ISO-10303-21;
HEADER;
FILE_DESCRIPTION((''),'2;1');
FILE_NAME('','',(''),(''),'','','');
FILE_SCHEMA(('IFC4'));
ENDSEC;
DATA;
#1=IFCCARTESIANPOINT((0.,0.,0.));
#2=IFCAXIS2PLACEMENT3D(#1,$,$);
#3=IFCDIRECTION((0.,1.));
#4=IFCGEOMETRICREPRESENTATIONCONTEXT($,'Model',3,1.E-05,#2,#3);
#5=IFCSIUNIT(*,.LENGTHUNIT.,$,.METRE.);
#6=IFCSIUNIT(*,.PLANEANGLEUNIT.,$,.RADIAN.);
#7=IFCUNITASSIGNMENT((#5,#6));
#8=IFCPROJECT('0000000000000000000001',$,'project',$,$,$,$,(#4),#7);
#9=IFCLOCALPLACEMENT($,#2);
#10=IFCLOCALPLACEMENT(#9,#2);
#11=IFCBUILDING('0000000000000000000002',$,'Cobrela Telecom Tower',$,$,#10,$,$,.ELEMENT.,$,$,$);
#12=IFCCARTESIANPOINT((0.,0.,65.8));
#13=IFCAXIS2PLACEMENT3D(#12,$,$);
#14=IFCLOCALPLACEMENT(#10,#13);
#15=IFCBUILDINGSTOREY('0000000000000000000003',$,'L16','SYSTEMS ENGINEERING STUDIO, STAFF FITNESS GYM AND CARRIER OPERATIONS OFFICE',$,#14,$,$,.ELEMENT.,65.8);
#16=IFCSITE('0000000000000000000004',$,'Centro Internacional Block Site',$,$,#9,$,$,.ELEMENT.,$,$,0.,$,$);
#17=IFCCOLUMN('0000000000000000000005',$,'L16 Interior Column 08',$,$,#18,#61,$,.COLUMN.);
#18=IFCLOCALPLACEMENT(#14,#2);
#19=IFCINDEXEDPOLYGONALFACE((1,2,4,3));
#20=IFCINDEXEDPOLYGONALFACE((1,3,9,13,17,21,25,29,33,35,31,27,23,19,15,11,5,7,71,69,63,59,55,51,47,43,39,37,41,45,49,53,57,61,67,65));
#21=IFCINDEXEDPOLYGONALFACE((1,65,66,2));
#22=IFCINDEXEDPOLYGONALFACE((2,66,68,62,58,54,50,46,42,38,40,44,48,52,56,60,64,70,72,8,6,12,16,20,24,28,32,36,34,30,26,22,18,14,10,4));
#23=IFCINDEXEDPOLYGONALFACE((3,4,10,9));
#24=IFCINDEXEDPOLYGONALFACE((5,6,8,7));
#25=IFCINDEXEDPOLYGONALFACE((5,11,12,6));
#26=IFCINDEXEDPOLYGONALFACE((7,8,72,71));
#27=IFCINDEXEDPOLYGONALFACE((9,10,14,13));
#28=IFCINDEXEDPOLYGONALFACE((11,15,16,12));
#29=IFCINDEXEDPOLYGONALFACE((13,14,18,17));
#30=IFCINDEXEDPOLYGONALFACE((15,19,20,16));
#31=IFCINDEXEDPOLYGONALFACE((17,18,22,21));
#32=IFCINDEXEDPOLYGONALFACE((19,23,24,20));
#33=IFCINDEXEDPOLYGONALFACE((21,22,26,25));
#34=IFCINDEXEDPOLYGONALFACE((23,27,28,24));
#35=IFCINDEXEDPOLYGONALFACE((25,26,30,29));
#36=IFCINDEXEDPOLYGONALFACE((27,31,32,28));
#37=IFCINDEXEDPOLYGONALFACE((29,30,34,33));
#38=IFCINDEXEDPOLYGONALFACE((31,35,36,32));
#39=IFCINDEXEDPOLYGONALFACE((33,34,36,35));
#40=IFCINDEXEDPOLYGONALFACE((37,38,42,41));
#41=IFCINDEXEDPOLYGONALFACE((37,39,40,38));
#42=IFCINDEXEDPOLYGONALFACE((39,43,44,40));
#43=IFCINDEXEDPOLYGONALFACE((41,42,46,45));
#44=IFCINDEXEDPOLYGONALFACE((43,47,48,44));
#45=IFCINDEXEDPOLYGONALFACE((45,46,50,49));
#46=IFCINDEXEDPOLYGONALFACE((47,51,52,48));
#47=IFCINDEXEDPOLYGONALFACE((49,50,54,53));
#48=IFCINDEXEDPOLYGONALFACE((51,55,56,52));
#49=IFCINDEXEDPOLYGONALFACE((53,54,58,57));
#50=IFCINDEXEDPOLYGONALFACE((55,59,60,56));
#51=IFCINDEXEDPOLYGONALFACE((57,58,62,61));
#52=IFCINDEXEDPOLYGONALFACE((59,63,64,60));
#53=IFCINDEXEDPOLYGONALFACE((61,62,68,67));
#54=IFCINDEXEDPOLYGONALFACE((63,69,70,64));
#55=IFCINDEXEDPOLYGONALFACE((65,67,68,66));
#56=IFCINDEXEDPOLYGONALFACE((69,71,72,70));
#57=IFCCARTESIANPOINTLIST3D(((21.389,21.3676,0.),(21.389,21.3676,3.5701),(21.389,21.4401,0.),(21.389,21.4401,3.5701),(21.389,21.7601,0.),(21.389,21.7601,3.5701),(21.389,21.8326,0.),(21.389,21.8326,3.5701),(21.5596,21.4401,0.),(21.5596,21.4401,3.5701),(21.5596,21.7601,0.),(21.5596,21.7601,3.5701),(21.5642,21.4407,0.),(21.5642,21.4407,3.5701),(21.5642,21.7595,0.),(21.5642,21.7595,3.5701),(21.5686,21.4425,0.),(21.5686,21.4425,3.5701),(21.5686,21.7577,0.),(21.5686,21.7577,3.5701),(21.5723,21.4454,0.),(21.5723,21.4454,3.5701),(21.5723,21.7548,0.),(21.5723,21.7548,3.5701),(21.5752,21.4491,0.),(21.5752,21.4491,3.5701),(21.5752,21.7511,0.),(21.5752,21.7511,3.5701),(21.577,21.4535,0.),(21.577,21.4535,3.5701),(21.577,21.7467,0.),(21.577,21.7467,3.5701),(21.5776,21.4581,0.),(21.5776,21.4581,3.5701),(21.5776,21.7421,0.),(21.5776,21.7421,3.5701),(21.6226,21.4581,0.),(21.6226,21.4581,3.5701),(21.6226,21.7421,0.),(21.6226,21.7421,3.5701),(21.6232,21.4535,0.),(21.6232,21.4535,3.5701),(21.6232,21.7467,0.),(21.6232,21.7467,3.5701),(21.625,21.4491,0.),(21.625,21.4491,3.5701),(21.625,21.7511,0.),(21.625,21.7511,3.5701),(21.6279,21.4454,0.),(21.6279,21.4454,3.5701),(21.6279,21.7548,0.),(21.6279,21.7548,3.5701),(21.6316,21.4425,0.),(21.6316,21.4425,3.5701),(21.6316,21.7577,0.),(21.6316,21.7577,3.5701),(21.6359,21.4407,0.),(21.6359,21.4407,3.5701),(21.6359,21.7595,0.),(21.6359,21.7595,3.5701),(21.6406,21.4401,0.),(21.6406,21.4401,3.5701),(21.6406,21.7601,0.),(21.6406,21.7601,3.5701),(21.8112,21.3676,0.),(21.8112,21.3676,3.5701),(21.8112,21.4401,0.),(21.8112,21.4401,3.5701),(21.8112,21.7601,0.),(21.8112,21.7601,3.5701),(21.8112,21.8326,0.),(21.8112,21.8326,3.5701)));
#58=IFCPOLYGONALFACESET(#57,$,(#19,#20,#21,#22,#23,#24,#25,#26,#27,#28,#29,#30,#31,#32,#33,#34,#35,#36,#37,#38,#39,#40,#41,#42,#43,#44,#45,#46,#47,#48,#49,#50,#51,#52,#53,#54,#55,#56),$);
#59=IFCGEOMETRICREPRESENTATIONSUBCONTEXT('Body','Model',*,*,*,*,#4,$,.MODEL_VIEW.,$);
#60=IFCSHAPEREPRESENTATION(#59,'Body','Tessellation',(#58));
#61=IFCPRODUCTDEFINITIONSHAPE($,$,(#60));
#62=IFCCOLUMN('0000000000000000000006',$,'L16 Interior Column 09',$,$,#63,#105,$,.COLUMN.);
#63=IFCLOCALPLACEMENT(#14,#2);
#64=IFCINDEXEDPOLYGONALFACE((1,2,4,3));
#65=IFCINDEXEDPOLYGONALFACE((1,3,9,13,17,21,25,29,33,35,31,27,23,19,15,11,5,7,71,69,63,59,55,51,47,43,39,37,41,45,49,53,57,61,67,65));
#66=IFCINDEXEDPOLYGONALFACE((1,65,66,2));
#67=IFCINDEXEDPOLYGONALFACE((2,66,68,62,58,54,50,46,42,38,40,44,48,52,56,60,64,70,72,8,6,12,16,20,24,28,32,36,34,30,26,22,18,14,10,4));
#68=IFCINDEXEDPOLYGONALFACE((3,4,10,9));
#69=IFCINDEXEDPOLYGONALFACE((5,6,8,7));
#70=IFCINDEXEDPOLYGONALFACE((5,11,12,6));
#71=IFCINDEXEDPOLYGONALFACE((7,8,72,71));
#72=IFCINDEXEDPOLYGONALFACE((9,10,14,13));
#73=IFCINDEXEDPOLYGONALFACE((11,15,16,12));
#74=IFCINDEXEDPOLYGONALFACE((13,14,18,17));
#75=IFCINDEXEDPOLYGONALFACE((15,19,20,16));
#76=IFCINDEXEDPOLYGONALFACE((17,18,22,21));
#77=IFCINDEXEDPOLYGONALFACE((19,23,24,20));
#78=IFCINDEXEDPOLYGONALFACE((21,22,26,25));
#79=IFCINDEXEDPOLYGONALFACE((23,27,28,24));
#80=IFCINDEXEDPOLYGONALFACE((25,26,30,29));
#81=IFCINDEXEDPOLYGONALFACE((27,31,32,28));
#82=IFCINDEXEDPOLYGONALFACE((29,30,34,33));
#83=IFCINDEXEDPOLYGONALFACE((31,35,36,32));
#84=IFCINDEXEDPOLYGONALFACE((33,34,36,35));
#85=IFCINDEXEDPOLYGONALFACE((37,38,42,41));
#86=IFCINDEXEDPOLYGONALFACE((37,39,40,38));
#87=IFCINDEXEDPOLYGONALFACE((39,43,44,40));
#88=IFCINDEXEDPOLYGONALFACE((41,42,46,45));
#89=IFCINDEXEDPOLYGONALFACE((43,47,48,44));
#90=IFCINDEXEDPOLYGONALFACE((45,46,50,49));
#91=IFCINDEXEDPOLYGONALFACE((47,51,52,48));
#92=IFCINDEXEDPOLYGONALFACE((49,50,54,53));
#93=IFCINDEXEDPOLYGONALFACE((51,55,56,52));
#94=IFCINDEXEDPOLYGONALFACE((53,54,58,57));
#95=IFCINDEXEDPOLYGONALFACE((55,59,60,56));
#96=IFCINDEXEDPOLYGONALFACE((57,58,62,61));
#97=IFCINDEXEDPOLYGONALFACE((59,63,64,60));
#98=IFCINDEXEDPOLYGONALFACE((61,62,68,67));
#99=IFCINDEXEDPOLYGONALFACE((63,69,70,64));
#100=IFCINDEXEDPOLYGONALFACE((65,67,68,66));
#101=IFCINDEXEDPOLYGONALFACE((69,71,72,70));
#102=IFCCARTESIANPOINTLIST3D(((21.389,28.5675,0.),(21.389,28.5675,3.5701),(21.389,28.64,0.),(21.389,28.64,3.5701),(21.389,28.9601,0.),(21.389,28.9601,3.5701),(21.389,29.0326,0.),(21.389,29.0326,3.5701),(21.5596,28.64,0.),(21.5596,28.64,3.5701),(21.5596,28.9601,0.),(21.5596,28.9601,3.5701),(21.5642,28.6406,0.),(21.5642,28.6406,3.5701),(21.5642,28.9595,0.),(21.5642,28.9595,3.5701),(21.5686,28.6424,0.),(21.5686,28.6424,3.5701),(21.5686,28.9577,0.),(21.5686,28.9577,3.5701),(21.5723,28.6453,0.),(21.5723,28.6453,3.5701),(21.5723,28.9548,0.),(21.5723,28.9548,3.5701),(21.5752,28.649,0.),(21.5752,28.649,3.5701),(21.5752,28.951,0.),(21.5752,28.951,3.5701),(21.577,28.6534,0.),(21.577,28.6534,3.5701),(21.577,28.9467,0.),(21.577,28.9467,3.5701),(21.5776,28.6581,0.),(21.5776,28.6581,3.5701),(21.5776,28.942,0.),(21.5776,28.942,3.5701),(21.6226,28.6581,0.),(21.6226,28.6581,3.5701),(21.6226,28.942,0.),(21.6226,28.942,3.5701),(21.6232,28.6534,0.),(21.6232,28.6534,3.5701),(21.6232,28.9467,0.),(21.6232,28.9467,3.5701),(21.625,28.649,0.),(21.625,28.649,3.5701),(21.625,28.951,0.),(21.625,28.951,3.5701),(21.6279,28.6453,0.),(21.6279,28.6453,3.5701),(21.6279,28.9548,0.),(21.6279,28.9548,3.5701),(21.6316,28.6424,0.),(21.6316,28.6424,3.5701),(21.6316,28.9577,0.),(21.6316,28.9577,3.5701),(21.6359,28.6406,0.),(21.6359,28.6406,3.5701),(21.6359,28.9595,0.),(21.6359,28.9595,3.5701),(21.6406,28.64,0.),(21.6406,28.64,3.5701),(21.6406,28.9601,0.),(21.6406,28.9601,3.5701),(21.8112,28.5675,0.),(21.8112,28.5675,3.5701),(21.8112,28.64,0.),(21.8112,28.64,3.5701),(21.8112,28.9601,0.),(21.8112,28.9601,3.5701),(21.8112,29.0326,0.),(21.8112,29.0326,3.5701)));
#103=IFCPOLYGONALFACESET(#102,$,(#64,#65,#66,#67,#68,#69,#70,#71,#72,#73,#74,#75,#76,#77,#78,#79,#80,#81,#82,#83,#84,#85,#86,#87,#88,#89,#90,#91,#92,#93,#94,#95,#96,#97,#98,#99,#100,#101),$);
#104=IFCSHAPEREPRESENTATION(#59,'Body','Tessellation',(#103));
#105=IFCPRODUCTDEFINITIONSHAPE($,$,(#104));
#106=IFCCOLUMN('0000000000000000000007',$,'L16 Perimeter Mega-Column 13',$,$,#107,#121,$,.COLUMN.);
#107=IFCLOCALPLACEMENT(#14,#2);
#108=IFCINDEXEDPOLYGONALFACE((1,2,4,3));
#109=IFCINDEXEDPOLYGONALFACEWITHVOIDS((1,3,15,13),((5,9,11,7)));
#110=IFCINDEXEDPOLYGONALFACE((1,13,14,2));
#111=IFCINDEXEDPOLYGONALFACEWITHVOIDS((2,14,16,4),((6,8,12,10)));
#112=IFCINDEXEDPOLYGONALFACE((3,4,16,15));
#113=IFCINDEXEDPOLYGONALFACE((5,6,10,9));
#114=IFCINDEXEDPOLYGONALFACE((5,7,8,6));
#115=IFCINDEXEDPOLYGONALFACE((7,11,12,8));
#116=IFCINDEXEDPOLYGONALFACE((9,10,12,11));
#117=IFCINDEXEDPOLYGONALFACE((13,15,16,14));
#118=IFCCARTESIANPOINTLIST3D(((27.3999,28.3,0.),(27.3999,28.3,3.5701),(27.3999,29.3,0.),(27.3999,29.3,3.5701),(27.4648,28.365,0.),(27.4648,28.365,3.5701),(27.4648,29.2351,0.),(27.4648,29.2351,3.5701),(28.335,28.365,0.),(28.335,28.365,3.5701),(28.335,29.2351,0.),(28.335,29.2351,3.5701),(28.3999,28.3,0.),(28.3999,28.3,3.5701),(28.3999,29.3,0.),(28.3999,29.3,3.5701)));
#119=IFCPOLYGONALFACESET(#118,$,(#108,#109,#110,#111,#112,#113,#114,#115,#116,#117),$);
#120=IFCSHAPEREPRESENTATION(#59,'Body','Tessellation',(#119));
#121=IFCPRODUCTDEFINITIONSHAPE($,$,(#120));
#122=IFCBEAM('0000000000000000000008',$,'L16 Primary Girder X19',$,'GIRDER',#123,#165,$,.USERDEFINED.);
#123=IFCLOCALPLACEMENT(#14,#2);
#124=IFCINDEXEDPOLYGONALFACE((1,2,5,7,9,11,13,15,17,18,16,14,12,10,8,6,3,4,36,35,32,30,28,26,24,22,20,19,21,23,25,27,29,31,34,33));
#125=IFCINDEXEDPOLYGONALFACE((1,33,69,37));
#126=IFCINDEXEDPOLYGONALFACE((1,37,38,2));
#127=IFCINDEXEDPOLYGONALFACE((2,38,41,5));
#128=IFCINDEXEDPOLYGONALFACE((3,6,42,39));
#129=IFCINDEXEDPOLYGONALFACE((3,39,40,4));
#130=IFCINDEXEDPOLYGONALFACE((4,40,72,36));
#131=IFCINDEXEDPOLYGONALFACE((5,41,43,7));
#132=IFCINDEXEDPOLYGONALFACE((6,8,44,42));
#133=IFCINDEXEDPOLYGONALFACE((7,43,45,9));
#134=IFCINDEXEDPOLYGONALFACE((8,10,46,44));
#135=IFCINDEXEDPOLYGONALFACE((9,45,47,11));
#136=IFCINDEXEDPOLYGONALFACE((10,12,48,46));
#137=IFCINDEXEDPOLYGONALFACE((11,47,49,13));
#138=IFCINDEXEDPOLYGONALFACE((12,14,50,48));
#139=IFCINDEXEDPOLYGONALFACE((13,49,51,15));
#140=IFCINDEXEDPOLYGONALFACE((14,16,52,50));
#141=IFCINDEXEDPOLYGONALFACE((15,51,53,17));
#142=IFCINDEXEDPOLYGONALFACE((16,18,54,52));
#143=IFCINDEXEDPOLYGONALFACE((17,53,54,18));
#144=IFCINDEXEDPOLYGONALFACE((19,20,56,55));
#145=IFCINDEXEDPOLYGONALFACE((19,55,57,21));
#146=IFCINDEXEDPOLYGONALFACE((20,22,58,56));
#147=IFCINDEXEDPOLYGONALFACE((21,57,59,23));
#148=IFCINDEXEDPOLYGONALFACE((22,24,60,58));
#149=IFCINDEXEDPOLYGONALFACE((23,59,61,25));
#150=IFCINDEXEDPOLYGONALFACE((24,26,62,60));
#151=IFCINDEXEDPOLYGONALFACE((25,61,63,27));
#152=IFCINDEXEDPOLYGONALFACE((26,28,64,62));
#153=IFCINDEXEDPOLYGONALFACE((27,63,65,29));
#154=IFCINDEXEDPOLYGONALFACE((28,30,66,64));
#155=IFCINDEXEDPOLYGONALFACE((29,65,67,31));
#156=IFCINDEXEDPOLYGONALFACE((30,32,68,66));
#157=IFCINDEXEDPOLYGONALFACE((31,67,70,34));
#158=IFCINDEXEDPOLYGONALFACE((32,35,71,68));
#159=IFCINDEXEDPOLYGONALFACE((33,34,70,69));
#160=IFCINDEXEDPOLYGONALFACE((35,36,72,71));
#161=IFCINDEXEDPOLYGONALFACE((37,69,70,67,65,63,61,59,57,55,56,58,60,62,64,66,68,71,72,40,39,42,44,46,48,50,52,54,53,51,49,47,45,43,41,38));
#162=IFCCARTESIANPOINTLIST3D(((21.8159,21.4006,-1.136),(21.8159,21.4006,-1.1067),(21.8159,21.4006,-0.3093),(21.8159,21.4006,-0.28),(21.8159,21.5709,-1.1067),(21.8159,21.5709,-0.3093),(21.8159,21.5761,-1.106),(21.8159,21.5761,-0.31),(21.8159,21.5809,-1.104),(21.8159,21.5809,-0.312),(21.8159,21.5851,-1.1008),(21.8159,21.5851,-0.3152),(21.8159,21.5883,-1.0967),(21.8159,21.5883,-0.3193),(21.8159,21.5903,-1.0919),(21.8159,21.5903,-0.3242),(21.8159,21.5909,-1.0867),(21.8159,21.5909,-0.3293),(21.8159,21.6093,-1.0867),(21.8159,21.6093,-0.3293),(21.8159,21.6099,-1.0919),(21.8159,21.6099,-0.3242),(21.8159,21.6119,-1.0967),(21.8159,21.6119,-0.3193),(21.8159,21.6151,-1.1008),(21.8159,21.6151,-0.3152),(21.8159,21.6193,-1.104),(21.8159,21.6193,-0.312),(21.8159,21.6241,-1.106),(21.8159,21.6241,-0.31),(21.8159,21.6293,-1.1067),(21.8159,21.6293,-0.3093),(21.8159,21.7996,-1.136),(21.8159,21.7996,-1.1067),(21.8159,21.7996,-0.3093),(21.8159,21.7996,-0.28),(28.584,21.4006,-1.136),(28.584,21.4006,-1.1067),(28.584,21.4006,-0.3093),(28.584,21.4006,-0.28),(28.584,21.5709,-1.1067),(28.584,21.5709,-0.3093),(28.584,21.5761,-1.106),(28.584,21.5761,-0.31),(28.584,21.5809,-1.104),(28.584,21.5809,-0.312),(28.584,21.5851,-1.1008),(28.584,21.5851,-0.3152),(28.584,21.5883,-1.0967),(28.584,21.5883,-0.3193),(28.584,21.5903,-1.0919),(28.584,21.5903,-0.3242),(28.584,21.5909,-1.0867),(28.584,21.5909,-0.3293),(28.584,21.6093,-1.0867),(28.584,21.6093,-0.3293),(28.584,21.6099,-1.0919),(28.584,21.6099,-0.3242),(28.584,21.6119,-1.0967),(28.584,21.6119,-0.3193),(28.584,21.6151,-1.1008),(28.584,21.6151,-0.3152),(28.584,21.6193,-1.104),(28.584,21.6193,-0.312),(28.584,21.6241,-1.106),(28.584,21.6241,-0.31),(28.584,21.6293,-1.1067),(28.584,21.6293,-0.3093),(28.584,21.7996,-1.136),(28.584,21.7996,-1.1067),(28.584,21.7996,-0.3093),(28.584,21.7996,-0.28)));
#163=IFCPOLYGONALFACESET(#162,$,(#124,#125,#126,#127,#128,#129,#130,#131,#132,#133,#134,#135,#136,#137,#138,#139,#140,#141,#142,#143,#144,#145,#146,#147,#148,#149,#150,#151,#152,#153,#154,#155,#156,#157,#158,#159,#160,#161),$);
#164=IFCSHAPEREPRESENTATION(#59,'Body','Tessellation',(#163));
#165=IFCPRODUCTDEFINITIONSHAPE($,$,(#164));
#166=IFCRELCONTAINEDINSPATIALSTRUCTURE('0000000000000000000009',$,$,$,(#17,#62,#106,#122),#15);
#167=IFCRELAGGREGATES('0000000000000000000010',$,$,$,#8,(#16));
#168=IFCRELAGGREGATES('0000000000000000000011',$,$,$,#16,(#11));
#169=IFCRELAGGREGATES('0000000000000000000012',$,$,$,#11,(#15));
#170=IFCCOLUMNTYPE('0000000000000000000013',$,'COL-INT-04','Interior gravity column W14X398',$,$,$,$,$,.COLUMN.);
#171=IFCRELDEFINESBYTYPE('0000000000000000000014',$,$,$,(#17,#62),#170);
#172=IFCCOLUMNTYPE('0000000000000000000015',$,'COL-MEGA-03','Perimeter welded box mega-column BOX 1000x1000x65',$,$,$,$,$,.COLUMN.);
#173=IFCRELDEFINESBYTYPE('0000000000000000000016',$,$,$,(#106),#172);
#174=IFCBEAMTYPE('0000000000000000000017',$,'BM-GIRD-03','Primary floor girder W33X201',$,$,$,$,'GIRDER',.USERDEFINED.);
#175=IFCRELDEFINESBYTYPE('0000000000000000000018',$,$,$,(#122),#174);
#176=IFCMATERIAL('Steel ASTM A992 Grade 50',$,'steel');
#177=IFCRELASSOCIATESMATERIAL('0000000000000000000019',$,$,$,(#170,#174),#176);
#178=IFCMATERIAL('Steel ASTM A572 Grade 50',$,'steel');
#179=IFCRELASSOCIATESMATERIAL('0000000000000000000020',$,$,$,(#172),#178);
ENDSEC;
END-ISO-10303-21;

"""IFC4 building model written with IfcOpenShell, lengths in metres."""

from ifc_helpers import new_model, si_unit, direction, frame, origin, origin_2d, place, context, subcontext, project, spatial, hollow_rectangle, i_section, extrude, material, material_profile, profile_set, type_object, element, save


model = new_model("IFC4")

# Units and contexts
model_context = context("Model", 3, precision=1e-05, world=origin(), true_north=direction((0.0, 1.0)))
body_context = subcontext(model_context, "Body", "Model", "MODEL_VIEW")
ifc_project = project(units=[si_unit("LENGTHUNIT", "METRE"), si_unit("PLANEANGLEUNIT", "RADIAN")], contexts=[model_context])

# Site, building, storey
site_placement = place(None, origin())
site = spatial("IfcSite", under=ifc_project, at=site_placement, Name="Centro Internacional Block Site", CompositionType="ELEMENT", RefElevation=0.0)
building_placement = place(site_placement, origin())
building = spatial("IfcBuilding", under=site, at=building_placement, Name="Cobrela Telecom Tower", CompositionType="ELEMENT")
storey_placement = place(building_placement, frame((0.0, 0.0, 65.8)))
storey = spatial("IfcBuildingStorey", under=building, at=storey_placement, Name="L16", Description="SYSTEMS ENGINEERING STUDIO, STAFF FITNESS GYM AND CARRIER OPERATIONS OFFICE", CompositionType="ELEMENT", Elevation=65.8)

# Columns
ifc_material_1 = material(Name="Steel ASTM A992 Grade 50", Category="steel")
ifc_material_profile_1 = material_profile(ifc_material_1, i_section(OverallWidth=0.4221, OverallDepth=0.4651, WebThickness=0.0449, FlangeThickness=0.0725, FilletRadius=0.0181, at=origin_2d()), Name="W14X398")
ifc_profile_set_1 = profile_set([ifc_material_profile_1], Name="Steel ASTM A992 Grade 50")
column_type_1 = type_object("IfcColumnType", Name="COL-INT-04", Description="Interior gravity column W14X398", PredefinedType="COLUMN", material=ifc_profile_set_1)
for number, where, z_axis, x_axis, name in (
    (1, (21.6001, 21.6001, 0.0), (0.0, 0.0, 1.0), (1.0, 0.0, 0.0), "L16 Interior Column 08"),
    (2, (21.6001, 28.8, 0.0), (0.0, 0.0, 1.0), (1.0, 0.0, 0.0), "L16 Interior Column 09"),
):
    element("IfcColumn", number, at=place(storey_placement, frame(where, z_axis=z_axis, x_axis=x_axis)), inside=storey, type_object=column_type_1, Name=name, PredefinedType="COLUMN", context=body_context, shape_type="SweptSolid", body=[
        extrude(i_section(OverallWidth=0.4221, OverallDepth=0.4651, WebThickness=0.0449, FlangeThickness=0.0725, FilletRadius=0.0181, at=origin_2d()), origin(), (0.0, 0.0, 1.0), 3.5701),
    ])
ifc_material_2 = material(Name="Steel ASTM A572 Grade 50", Category="steel")
ifc_material_profile_2 = material_profile(ifc_material_2, hollow_rectangle(XDim=1.0, YDim=1.0, WallThickness=0.0649, at=origin_2d()), Name="BOX 1000x1000x65")
ifc_profile_set_2 = profile_set([ifc_material_profile_2], Name="Steel ASTM A572 Grade 50")
column_type_2 = type_object("IfcColumnType", Name="COL-MEGA-03", Description="Perimeter welded box mega-column BOX 1000x1000x65", PredefinedType="COLUMN", material=ifc_profile_set_2)
column_placement = place(storey_placement, frame((27.8999, 28.8, 0.0), z_axis=(0.0, 0.0, 1.0), x_axis=(1.0, 0.0, 0.0)))
element("IfcColumn", 3, at=column_placement, inside=storey, type_object=column_type_2, Name="L16 Perimeter Mega-Column 13", PredefinedType="COLUMN", context=body_context, shape_type="SweptSolid", body=[
    extrude(hollow_rectangle(XDim=1.0, YDim=1.0, WallThickness=0.0649, at=origin_2d()), origin(), (0.0, 0.0, 1.0), 3.5701),
])

# Beam
ifc_material_profile_3 = material_profile(ifc_material_1, i_section(OverallWidth=0.3989, OverallDepth=0.856, WebThickness=0.0183, FlangeThickness=0.0293, FilletRadius=0.02, at=origin_2d()), Name="W33X201")
ifc_profile_set_3 = profile_set([ifc_material_profile_3], Name="Steel ASTM A992 Grade 50")
beam_type_1 = type_object("IfcBeamType", Name="BM-GIRD-03", Description="Primary floor girder W33X201", ElementType="GIRDER", PredefinedType="USERDEFINED", material=ifc_profile_set_3)
beam_1_placement = place(storey_placement, frame((21.8159, 21.6001, -0.708), z_axis=(1.0, 0.0, 0.0), x_axis=(0.0, 1.0, 0.0)))
element("IfcBeam", 4, at=beam_1_placement, inside=storey, type_object=beam_type_1, Name="L16 Primary Girder X19", ObjectType="GIRDER", PredefinedType="USERDEFINED", context=body_context, shape_type="SweptSolid", body=[
    extrude(i_section(OverallWidth=0.3989, OverallDepth=0.856, WebThickness=0.0183, FlangeThickness=0.0293, FilletRadius=0.02, at=origin_2d()), origin(), (0.0, 0.0, 1.0), 6.7681),
])

save(model, "model.ifc")
